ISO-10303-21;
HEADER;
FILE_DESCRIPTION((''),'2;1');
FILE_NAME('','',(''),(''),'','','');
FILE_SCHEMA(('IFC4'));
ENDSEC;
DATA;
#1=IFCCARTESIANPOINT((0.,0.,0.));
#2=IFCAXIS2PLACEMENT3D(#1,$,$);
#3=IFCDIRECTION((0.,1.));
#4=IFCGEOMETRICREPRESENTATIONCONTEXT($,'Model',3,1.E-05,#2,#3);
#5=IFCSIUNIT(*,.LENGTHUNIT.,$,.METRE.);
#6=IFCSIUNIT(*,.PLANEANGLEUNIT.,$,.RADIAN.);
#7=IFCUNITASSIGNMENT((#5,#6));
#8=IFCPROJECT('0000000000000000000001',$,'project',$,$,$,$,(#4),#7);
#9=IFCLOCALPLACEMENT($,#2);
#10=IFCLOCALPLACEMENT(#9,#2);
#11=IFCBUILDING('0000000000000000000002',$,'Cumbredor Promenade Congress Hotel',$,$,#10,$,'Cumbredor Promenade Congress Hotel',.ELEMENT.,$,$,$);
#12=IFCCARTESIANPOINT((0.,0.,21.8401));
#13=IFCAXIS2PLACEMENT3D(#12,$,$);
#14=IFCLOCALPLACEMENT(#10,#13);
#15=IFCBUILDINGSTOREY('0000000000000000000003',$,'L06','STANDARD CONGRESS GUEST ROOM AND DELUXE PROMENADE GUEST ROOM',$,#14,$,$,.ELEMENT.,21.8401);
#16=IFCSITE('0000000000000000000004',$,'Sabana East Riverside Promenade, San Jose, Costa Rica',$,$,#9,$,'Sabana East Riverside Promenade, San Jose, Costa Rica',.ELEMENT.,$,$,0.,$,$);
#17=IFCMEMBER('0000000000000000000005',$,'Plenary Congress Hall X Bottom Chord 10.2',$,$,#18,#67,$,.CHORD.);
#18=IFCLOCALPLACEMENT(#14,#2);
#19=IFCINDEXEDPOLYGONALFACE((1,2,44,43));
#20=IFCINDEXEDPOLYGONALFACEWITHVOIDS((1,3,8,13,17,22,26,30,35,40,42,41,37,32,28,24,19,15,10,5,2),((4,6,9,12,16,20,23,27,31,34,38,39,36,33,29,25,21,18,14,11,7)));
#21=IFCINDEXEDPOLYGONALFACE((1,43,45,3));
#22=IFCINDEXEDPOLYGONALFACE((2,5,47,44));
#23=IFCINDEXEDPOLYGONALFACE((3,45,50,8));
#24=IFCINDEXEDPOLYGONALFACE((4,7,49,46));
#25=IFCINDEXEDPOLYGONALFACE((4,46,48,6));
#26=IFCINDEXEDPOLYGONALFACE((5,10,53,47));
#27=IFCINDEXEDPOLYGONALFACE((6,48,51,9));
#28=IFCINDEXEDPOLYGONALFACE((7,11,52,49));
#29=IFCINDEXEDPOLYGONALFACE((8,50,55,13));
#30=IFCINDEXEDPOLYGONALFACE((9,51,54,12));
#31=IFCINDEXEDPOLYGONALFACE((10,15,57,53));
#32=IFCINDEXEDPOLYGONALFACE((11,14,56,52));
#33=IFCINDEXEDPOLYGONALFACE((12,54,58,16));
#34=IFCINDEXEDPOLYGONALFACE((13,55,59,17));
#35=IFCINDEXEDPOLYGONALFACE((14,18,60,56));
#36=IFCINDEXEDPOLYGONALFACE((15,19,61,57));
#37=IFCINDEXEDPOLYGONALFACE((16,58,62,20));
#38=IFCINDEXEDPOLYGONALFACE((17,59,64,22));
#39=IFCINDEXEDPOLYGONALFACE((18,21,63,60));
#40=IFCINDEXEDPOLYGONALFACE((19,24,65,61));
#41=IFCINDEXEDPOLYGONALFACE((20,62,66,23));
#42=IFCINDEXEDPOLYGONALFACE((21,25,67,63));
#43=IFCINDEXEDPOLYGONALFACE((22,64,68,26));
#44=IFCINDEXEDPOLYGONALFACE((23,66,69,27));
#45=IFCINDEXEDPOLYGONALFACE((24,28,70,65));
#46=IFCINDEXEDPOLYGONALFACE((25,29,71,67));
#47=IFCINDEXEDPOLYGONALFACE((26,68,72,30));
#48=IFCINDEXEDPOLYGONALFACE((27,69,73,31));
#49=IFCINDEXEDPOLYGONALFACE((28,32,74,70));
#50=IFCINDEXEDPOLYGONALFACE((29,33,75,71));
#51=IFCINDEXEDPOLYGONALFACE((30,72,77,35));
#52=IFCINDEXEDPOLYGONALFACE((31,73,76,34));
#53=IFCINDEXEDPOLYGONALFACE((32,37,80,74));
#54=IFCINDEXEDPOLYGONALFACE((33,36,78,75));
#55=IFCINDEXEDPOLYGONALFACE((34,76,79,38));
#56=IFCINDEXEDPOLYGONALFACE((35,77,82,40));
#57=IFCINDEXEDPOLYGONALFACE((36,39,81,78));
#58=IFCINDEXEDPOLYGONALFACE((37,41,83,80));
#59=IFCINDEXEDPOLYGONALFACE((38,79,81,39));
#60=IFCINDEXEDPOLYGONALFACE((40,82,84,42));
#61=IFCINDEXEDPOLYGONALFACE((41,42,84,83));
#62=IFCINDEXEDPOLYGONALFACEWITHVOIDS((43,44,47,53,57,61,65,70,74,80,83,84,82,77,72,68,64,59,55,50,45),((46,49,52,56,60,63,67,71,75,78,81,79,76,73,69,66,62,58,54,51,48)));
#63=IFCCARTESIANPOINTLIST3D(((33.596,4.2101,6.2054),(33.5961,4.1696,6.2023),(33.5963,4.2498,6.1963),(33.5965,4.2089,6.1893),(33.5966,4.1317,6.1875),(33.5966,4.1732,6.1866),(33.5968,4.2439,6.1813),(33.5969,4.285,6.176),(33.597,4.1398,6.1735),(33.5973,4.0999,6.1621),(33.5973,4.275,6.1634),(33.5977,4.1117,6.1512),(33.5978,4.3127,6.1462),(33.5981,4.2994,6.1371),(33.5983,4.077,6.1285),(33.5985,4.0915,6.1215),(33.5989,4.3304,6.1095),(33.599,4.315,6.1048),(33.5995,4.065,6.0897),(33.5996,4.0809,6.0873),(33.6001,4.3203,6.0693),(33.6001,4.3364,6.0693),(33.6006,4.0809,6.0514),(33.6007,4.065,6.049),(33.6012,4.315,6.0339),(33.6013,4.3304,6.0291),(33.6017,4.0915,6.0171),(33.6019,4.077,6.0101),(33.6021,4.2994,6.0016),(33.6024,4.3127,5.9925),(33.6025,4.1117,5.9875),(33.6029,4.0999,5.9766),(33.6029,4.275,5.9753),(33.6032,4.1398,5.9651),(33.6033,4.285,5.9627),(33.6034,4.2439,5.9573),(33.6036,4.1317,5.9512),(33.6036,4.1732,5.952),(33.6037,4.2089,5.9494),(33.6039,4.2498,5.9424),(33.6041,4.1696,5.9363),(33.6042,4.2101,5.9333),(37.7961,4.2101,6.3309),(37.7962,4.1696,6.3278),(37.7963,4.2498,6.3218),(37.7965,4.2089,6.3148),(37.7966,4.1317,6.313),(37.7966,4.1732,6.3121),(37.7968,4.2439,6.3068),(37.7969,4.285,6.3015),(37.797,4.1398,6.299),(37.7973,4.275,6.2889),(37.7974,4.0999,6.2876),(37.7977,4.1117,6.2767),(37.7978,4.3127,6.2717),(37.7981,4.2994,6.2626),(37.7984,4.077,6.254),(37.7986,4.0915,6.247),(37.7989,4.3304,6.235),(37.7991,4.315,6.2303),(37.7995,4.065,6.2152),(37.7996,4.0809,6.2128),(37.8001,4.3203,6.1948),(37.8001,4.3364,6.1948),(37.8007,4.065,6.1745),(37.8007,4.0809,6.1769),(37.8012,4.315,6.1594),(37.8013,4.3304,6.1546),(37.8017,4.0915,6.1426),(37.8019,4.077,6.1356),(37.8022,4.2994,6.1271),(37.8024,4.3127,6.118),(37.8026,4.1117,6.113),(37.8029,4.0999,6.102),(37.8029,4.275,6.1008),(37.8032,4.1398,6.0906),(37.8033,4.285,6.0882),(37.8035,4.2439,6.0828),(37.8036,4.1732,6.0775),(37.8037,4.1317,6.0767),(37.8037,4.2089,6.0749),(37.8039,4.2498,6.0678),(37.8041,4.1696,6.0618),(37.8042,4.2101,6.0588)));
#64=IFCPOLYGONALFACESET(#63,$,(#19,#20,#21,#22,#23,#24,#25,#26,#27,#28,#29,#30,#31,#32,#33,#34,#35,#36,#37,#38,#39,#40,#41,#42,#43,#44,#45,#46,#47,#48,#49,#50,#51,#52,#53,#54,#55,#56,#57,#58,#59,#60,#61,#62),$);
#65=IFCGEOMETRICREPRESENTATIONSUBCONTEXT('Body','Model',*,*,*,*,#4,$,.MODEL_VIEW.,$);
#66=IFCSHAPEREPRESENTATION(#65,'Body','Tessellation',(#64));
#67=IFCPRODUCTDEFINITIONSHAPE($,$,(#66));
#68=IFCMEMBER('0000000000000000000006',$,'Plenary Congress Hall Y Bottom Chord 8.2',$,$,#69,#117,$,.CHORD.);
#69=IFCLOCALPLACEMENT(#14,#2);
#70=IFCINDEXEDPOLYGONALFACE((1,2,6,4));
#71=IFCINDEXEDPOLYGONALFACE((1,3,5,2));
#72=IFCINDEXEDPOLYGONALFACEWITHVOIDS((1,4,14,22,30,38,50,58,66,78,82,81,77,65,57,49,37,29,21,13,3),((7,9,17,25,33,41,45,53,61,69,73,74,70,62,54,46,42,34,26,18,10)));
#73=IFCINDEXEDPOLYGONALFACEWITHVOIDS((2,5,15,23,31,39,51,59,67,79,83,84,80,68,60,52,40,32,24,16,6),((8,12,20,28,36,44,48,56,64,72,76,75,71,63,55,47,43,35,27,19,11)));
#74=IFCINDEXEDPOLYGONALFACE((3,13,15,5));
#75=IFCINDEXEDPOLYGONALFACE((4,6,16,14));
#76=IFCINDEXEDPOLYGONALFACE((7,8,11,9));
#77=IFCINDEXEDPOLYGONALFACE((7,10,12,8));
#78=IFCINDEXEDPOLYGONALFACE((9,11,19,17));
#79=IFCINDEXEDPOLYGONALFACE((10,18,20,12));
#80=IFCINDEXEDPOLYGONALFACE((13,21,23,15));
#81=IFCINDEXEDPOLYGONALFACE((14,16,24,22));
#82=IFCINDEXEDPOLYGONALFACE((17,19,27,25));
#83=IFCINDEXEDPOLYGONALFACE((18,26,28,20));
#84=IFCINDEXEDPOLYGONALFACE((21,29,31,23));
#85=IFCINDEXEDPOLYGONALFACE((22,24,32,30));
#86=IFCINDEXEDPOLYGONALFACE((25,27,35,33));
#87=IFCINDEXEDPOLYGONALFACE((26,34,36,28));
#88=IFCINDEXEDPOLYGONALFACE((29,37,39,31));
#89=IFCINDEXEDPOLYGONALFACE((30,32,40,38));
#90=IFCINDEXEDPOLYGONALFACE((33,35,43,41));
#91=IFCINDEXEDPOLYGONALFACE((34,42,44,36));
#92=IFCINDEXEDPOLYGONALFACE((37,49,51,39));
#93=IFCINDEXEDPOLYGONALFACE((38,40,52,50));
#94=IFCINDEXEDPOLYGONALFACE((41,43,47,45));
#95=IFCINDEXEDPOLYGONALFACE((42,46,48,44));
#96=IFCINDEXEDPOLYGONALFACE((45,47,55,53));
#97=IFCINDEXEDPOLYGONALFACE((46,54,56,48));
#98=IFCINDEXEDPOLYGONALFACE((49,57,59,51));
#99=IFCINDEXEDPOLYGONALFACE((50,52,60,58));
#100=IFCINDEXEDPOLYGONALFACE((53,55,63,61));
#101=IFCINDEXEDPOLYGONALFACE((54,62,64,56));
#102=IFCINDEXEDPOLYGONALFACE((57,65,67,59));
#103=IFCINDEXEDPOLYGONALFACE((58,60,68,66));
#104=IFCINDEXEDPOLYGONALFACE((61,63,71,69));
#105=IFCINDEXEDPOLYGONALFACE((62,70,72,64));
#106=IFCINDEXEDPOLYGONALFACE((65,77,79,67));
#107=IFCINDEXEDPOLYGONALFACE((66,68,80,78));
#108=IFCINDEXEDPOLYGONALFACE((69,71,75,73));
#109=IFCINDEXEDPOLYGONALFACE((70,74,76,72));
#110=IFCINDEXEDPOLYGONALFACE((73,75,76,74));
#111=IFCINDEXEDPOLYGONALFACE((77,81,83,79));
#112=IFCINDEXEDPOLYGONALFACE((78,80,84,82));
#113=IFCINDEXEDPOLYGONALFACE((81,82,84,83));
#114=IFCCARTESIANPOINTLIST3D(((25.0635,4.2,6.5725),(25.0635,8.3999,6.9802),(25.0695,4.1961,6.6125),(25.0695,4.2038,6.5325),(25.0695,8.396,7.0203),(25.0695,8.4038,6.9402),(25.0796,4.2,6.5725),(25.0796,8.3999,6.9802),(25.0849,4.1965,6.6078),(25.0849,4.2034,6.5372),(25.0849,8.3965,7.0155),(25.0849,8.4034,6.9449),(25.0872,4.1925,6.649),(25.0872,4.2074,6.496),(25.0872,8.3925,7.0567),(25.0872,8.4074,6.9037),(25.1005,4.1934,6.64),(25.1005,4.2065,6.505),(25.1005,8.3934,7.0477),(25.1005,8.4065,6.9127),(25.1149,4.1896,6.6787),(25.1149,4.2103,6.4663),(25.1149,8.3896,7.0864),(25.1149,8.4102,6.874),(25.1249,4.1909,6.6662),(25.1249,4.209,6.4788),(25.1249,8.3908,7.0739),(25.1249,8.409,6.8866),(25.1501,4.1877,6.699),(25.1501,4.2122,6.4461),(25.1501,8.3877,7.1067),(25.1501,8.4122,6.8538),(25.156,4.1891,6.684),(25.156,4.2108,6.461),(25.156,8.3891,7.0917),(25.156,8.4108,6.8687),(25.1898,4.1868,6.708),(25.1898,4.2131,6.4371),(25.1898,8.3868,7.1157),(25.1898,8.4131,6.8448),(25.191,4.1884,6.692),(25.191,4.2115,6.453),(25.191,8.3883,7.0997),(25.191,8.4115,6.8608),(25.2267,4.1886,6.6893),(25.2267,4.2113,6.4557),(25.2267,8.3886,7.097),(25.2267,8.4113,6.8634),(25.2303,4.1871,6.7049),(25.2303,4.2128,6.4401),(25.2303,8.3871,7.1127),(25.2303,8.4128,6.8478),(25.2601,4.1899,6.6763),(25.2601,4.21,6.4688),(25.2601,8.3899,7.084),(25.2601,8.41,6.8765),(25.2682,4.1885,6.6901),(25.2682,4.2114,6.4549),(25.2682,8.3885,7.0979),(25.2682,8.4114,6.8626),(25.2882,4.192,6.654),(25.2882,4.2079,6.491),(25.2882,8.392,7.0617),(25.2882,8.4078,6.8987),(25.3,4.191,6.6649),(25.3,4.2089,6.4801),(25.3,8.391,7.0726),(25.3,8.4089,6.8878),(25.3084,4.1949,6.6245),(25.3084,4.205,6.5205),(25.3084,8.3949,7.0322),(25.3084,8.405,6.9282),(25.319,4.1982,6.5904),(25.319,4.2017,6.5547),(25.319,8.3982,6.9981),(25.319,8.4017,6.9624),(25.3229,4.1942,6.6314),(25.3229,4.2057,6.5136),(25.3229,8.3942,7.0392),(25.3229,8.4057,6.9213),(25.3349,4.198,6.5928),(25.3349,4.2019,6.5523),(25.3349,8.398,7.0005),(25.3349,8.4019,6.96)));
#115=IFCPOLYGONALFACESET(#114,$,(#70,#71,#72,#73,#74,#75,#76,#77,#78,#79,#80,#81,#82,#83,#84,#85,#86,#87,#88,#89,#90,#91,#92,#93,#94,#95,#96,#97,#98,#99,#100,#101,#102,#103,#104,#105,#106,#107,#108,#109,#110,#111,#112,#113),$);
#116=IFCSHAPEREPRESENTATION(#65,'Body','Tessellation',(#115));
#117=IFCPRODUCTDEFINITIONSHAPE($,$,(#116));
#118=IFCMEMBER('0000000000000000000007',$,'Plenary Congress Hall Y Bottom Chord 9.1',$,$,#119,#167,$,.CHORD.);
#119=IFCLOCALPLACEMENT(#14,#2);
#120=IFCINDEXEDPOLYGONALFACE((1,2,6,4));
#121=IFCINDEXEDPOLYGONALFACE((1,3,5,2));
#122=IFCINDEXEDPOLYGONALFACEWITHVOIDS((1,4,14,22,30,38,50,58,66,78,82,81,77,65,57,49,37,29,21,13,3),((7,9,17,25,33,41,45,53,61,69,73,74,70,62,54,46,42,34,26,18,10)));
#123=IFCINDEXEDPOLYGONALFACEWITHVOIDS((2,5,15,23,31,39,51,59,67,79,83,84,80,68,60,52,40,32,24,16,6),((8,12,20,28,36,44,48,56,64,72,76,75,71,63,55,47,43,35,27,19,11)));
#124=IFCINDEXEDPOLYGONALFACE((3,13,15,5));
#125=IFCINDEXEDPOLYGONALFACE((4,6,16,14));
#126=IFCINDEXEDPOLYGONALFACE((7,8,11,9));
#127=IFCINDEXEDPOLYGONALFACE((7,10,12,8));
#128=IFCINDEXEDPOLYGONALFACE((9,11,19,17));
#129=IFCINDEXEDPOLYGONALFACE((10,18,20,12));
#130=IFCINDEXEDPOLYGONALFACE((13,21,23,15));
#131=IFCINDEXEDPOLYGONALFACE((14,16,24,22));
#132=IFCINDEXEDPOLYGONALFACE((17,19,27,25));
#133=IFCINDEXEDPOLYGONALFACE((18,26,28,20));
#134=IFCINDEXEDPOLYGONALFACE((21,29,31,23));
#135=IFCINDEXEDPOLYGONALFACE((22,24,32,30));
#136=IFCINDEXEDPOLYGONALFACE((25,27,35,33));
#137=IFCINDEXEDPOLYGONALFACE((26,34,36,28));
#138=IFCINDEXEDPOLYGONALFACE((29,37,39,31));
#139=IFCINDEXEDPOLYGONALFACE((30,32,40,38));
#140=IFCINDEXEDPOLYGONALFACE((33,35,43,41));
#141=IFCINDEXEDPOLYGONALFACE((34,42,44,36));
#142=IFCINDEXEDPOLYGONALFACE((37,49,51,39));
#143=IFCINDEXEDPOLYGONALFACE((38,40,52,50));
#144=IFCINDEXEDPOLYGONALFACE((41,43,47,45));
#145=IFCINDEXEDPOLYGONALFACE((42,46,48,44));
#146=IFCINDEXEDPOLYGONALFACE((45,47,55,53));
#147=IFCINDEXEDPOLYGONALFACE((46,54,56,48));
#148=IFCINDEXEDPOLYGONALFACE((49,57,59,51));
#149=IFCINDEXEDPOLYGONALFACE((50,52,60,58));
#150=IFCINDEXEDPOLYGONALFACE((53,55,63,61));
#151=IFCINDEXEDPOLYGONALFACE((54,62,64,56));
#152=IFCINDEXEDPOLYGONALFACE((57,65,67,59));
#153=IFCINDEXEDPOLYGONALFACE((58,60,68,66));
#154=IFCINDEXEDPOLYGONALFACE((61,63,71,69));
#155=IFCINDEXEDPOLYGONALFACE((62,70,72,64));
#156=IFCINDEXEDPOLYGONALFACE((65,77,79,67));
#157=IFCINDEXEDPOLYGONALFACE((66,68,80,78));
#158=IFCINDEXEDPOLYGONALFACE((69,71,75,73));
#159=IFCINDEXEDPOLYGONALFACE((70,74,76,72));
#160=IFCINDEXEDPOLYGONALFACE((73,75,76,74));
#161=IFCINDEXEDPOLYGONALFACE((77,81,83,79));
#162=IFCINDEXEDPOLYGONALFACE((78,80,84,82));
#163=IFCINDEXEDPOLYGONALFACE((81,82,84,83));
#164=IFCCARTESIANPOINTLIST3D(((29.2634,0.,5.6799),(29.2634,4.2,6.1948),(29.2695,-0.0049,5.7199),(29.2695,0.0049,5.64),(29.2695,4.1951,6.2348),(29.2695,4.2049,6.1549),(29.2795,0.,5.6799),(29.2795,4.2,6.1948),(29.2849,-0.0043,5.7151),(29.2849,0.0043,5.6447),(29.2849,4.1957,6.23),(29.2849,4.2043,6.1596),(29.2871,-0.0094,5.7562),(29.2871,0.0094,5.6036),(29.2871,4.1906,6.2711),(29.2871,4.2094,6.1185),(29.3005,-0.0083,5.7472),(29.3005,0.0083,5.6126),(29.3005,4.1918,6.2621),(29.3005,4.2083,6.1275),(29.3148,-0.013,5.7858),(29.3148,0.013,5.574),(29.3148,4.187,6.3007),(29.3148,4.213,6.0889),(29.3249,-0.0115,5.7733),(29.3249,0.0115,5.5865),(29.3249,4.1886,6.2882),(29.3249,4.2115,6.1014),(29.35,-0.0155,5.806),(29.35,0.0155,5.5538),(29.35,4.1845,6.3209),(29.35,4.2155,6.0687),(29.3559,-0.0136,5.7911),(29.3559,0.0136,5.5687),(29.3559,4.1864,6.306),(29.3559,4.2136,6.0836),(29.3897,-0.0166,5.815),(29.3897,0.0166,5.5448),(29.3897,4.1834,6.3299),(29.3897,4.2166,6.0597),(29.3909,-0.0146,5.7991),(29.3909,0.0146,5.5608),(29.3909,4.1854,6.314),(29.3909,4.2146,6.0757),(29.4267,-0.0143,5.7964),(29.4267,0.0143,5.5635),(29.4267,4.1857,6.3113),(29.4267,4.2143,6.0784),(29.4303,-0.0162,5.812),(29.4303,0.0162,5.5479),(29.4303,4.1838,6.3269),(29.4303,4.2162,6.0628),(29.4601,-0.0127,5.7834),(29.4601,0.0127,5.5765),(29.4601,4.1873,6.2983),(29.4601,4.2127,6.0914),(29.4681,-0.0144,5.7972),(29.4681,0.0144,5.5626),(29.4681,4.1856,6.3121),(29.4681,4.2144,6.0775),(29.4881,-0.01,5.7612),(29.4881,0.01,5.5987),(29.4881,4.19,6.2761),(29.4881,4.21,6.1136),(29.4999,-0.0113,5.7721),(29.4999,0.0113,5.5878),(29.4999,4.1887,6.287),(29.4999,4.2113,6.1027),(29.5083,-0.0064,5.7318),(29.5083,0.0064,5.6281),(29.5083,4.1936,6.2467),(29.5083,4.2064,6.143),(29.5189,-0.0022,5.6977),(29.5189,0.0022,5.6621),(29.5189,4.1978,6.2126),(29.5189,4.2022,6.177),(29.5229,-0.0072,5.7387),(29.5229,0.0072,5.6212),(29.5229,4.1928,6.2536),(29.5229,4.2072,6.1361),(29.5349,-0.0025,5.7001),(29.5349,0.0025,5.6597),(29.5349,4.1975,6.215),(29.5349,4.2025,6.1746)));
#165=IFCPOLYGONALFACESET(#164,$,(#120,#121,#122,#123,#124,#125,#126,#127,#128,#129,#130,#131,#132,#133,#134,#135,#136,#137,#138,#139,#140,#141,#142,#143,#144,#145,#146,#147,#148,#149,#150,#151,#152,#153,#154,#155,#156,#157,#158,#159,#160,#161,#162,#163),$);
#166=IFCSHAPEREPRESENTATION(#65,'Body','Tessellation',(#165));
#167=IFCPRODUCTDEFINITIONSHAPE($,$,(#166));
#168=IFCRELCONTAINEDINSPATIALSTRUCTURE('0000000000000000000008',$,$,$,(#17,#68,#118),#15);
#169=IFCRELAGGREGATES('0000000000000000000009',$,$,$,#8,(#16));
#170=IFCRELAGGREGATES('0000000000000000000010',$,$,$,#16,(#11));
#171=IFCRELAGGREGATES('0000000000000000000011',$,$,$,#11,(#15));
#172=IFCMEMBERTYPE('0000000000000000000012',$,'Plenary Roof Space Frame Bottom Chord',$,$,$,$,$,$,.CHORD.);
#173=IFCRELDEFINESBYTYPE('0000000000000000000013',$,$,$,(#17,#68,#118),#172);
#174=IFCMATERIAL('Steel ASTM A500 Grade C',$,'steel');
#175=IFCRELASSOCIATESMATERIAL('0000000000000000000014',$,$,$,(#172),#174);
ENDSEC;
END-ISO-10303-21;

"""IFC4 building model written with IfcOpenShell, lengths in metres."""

from ifc_helpers import new_model, si_unit, direction, frame, origin, origin_2d, place, context, subcontext, project, spatial, hollow_circle, extrude, material, material_profile, profile_set, type_object, element, save


model = new_model("IFC4")

# Units and contexts
model_context = context("Model", 3, precision=1e-05, world=origin(), true_north=direction((0.0, 1.0)))
body_context = subcontext(model_context, "Body", "Model", "MODEL_VIEW")
ifc_project = project(units=[si_unit("LENGTHUNIT", "METRE"), si_unit("PLANEANGLEUNIT", "RADIAN")], contexts=[model_context])

# Site, building, storey
site_placement = place(None, origin())
site = spatial("IfcSite", under=ifc_project, at=site_placement, Name="Sabana East Riverside Promenade, San Jose, Costa Rica", LongName="Sabana East Riverside Promenade, San Jose, Costa Rica", CompositionType="ELEMENT", RefElevation=0.0)
building_placement = place(site_placement, origin())
building = spatial("IfcBuilding", under=site, at=building_placement, Name="Cumbredor Promenade Congress Hotel", LongName="Cumbredor Promenade Congress Hotel", CompositionType="ELEMENT")
storey_placement = place(building_placement, frame((0.0, 0.0, 21.8401)))
storey = spatial("IfcBuildingStorey", under=building, at=storey_placement, Name="L06", Description="STANDARD CONGRESS GUEST ROOM AND DELUXE PROMENADE GUEST ROOM", CompositionType="ELEMENT", Elevation=21.8401)

# Members
ifc_material_1 = material(Name="Steel ASTM A500 Grade C", Category="steel")
ifc_material_profile_1 = material_profile(ifc_material_1, hollow_circle(Radius=0.1365, WallThickness=0.0161, at=origin_2d()), Name="CHS 273.0x16")
ifc_profile_set_1 = profile_set([ifc_material_profile_1], Name="Steel ASTM A500 Grade C")
member_type_1 = type_object("IfcMemberType", Name="Plenary Roof Space Frame Bottom Chord", PredefinedType="CHORD", material=ifc_profile_set_1)
member_1_placement = place(storey_placement, frame((33.6001, 4.2, 6.0693), z_axis=(0.999554, 0.0, 0.029865), x_axis=(0.0, 1.0, 0.0)))
element("IfcMember", 1, at=member_1_placement, inside=storey, type_object=member_type_1, Name="Plenary Congress Hall X Bottom Chord 10.2", PredefinedType="CHORD", context=body_context, shape_type="SweptSolid", body=[
    extrude(hollow_circle(Radius=0.1365, WallThickness=0.0161, at=origin_2d()), origin(), (0.0, 0.0, 1.0), 4.2019),
])
member_2_placement = place(storey_placement, frame((25.2, 4.2, 6.5725), z_axis=(0.0, 0.995321, 0.096622), x_axis=(-1.0, 0.0, 0.0)))
element("IfcMember", 2, at=member_2_placement, inside=storey, type_object=member_type_1, Name="Plenary Congress Hall Y Bottom Chord 8.2", PredefinedType="CHORD", context=body_context, shape_type="SweptSolid", body=[
    extrude(hollow_circle(Radius=0.1365, WallThickness=0.0161, at=origin_2d()), origin(), (0.0, 0.0, 1.0), 4.2197),
])
member_3_placement = place(storey_placement, frame((29.3999, 0.0, 5.6799), z_axis=(0.0, 0.992569, 0.121684), x_axis=(-1.0, 0.0, 0.0)))
element("IfcMember", 3, at=member_3_placement, inside=storey, type_object=member_type_1, Name="Plenary Congress Hall Y Bottom Chord 9.1", PredefinedType="CHORD", context=body_context, shape_type="SweptSolid", body=[
    extrude(hollow_circle(Radius=0.1365, WallThickness=0.0161, at=origin_2d()), origin(), (0.0, 0.0, 1.0), 4.2314),
])

save(model, "model.ifc")
